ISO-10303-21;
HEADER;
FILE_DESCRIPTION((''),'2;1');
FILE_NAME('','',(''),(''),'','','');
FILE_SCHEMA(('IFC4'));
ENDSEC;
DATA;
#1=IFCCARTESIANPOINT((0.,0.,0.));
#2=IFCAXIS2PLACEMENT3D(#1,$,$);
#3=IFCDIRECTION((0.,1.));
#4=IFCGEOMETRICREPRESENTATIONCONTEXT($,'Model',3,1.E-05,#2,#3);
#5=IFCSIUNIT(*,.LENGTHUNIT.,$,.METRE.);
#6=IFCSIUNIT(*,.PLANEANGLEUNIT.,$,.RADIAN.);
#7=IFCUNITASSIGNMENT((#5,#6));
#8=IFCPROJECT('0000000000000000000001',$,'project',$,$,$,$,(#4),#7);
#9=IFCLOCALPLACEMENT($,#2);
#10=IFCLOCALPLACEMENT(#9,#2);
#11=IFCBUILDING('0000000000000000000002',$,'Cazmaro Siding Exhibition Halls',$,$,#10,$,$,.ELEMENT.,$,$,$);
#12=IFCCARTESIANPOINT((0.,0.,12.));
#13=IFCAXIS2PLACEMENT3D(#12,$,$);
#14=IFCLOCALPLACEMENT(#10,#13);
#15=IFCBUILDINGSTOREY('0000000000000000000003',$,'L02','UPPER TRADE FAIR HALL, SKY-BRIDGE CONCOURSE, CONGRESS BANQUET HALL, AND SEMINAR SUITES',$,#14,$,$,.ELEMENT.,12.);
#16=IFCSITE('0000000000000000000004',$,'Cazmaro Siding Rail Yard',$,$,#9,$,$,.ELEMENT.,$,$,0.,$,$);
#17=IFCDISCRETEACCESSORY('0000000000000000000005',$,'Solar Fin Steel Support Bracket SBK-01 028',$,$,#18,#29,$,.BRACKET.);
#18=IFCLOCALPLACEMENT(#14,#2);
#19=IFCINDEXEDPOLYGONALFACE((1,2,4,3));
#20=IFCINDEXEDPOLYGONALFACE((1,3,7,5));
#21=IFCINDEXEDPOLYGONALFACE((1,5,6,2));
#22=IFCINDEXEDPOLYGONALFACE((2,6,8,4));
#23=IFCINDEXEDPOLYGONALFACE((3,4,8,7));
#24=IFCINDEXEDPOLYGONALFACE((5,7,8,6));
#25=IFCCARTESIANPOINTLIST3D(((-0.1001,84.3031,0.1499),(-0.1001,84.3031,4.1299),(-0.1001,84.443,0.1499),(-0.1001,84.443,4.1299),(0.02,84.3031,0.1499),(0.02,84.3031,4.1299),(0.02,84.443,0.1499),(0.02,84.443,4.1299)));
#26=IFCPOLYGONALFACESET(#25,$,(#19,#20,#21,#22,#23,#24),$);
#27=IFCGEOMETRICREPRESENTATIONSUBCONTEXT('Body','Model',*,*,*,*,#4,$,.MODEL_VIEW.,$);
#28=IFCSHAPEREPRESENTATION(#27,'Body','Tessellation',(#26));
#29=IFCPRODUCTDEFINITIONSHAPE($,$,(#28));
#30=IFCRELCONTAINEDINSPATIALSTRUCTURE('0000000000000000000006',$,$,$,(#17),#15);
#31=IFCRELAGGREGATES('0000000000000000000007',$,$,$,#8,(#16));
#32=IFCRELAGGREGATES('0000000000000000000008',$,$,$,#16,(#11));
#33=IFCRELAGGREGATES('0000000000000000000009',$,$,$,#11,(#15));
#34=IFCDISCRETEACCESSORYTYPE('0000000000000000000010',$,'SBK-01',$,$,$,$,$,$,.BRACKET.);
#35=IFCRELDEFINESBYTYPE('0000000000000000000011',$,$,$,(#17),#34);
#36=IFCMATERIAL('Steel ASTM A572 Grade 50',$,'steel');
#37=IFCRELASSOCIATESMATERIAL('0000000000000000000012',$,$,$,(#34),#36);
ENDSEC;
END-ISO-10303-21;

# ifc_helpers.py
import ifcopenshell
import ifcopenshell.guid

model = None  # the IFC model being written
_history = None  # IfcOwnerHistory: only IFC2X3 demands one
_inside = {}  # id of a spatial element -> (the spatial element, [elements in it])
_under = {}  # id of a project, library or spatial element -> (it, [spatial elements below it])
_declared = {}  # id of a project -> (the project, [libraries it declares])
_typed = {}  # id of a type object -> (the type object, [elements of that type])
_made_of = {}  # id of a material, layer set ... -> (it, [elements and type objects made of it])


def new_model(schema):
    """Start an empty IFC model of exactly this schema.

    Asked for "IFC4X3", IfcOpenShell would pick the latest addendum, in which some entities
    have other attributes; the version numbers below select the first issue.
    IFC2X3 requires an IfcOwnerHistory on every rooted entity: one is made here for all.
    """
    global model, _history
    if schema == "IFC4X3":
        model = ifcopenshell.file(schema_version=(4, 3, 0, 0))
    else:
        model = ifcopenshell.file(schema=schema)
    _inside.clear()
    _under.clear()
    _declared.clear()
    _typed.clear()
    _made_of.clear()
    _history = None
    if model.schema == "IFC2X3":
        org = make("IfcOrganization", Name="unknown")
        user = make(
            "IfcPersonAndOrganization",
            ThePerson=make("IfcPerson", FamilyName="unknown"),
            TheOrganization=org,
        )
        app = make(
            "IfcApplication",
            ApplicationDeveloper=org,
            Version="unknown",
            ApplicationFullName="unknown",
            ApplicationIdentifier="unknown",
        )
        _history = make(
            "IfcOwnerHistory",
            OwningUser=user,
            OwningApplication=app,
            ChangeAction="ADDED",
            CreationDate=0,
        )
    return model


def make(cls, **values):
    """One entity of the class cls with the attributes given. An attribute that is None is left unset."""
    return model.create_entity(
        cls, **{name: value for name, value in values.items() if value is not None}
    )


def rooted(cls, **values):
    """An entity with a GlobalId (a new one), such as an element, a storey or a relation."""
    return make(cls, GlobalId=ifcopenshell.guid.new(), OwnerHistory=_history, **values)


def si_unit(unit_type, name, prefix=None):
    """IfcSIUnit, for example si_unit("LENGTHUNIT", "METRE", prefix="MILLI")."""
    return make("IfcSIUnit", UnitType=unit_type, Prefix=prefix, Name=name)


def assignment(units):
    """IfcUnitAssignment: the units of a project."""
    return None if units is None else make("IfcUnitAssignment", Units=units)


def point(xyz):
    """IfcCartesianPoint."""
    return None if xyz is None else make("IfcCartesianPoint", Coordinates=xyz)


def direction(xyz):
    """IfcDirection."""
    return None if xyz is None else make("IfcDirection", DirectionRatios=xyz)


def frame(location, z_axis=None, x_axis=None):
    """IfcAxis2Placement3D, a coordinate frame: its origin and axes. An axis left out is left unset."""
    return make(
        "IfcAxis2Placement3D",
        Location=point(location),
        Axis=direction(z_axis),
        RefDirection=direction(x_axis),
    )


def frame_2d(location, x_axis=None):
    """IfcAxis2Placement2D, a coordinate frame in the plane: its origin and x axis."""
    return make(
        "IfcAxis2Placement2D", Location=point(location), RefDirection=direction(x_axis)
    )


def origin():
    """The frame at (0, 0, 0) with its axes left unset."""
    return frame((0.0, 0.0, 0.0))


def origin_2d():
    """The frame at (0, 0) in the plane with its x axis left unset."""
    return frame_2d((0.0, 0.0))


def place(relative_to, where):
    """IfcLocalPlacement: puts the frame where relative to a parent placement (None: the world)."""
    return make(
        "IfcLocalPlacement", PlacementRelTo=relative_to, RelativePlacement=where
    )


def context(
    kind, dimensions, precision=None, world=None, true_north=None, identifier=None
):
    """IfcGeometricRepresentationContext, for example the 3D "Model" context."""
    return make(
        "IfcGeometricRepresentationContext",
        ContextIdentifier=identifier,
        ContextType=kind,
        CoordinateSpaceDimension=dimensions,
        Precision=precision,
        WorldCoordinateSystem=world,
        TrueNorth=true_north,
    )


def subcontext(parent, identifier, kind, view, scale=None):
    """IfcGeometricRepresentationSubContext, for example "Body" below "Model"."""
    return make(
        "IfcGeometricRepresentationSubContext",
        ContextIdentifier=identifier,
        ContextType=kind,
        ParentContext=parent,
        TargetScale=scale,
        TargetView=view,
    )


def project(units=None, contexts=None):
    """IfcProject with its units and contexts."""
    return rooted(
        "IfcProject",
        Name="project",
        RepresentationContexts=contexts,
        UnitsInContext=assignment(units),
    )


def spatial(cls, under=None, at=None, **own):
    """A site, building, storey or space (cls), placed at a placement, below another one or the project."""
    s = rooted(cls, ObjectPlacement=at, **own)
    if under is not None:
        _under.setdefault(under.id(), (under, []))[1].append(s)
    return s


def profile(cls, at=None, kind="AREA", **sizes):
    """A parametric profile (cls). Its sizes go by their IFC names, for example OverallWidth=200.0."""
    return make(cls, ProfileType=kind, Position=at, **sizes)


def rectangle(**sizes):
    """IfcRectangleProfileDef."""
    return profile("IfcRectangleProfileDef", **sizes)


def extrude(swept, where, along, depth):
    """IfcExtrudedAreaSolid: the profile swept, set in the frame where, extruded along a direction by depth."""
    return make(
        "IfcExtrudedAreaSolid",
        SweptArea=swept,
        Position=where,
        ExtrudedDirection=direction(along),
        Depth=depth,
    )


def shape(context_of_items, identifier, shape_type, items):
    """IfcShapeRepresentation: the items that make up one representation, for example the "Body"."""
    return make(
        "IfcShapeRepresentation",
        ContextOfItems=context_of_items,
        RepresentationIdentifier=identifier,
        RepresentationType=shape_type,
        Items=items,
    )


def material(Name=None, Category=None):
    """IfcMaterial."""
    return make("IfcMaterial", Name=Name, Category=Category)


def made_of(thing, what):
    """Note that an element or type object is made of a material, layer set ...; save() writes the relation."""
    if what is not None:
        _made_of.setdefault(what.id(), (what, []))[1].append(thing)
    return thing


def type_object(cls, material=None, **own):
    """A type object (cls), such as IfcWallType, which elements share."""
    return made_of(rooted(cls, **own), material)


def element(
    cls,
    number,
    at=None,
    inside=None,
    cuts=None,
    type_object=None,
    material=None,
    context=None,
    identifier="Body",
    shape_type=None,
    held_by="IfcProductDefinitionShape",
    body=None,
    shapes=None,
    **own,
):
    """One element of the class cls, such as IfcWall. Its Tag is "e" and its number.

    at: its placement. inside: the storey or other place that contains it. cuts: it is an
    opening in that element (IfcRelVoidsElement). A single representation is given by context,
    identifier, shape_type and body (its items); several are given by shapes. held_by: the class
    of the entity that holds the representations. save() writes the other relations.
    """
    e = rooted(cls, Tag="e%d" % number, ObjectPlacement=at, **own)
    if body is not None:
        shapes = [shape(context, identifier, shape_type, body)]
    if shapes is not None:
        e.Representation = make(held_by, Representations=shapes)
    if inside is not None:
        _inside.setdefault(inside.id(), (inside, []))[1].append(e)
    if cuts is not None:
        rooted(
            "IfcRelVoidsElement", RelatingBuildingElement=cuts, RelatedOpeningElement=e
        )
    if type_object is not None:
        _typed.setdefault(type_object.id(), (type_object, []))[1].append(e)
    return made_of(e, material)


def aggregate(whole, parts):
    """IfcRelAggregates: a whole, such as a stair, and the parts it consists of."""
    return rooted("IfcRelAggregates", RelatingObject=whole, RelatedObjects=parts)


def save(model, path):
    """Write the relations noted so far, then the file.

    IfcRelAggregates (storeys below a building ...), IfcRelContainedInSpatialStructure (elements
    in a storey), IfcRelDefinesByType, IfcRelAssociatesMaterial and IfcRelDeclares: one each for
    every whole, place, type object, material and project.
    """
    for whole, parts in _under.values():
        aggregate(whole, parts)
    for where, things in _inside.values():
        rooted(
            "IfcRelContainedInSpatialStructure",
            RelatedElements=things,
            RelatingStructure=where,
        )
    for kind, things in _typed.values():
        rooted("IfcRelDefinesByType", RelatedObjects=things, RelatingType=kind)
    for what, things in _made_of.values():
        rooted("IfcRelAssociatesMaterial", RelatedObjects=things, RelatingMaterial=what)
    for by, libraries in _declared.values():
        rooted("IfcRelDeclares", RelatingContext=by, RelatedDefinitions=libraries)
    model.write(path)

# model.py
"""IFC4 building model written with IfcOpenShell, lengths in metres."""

from ifc_helpers import new_model, si_unit, direction, frame, origin, origin_2d, place, context, subcontext, project, spatial, rectangle, extrude, material, type_object, element, save


model = new_model("IFC4")

# Units and contexts
model_context = context("Model", 3, precision=1e-05, world=origin(), true_north=direction((0.0, 1.0)))
body_context = subcontext(model_context, "Body", "Model", "MODEL_VIEW")
ifc_project = project(units=[si_unit("LENGTHUNIT", "METRE"), si_unit("PLANEANGLEUNIT", "RADIAN")], contexts=[model_context])

# Site, building, storey
site_placement = place(None, origin())
site = spatial("IfcSite", under=ifc_project, at=site_placement, Name="Cazmaro Siding Rail Yard", CompositionType="ELEMENT", RefElevation=0.0)
building_placement = place(site_placement, origin())
building = spatial("IfcBuilding", under=site, at=building_placement, Name="Cazmaro Siding Exhibition Halls", CompositionType="ELEMENT")
storey_placement = place(building_placement, frame((0.0, 0.0, 12.0)))
storey = spatial("IfcBuildingStorey", under=building, at=storey_placement, Name="L02", Description="UPPER TRADE FAIR HALL, SKY-BRIDGE CONCOURSE, CONGRESS BANQUET HALL, AND SEMINAR SUITES", CompositionType="ELEMENT", Elevation=12.0)

# Discrete accessory
ifc_material_1 = material(Name="Steel ASTM A572 Grade 50", Category="steel")
discrete_accessory_type = type_object("IfcDiscreteAccessoryType", Name="SBK-01", PredefinedType="BRACKET", material=ifc_material_1)
for number, where, z_axis, x_axis, name in (
    (1, (-0.04, 84.373, 0.1499), (0.0, 0.0, 1.0), (1.0, 0.0, 0.0), "Solar Fin Steel Support Bracket SBK-01 028"),
):
    element("IfcDiscreteAccessory", number, at=place(storey_placement, frame(where, z_axis=z_axis, x_axis=x_axis)), inside=storey, type_object=discrete_accessory_type, Name=name, PredefinedType="BRACKET", context=body_context, shape_type="SweptSolid", body=[
        extrude(rectangle(XDim=0.1201, YDim=0.1399, at=origin_2d()), origin(), (0.0, 0.0, 1.0), 3.98),
    ])

save(model, "model.ifc")
